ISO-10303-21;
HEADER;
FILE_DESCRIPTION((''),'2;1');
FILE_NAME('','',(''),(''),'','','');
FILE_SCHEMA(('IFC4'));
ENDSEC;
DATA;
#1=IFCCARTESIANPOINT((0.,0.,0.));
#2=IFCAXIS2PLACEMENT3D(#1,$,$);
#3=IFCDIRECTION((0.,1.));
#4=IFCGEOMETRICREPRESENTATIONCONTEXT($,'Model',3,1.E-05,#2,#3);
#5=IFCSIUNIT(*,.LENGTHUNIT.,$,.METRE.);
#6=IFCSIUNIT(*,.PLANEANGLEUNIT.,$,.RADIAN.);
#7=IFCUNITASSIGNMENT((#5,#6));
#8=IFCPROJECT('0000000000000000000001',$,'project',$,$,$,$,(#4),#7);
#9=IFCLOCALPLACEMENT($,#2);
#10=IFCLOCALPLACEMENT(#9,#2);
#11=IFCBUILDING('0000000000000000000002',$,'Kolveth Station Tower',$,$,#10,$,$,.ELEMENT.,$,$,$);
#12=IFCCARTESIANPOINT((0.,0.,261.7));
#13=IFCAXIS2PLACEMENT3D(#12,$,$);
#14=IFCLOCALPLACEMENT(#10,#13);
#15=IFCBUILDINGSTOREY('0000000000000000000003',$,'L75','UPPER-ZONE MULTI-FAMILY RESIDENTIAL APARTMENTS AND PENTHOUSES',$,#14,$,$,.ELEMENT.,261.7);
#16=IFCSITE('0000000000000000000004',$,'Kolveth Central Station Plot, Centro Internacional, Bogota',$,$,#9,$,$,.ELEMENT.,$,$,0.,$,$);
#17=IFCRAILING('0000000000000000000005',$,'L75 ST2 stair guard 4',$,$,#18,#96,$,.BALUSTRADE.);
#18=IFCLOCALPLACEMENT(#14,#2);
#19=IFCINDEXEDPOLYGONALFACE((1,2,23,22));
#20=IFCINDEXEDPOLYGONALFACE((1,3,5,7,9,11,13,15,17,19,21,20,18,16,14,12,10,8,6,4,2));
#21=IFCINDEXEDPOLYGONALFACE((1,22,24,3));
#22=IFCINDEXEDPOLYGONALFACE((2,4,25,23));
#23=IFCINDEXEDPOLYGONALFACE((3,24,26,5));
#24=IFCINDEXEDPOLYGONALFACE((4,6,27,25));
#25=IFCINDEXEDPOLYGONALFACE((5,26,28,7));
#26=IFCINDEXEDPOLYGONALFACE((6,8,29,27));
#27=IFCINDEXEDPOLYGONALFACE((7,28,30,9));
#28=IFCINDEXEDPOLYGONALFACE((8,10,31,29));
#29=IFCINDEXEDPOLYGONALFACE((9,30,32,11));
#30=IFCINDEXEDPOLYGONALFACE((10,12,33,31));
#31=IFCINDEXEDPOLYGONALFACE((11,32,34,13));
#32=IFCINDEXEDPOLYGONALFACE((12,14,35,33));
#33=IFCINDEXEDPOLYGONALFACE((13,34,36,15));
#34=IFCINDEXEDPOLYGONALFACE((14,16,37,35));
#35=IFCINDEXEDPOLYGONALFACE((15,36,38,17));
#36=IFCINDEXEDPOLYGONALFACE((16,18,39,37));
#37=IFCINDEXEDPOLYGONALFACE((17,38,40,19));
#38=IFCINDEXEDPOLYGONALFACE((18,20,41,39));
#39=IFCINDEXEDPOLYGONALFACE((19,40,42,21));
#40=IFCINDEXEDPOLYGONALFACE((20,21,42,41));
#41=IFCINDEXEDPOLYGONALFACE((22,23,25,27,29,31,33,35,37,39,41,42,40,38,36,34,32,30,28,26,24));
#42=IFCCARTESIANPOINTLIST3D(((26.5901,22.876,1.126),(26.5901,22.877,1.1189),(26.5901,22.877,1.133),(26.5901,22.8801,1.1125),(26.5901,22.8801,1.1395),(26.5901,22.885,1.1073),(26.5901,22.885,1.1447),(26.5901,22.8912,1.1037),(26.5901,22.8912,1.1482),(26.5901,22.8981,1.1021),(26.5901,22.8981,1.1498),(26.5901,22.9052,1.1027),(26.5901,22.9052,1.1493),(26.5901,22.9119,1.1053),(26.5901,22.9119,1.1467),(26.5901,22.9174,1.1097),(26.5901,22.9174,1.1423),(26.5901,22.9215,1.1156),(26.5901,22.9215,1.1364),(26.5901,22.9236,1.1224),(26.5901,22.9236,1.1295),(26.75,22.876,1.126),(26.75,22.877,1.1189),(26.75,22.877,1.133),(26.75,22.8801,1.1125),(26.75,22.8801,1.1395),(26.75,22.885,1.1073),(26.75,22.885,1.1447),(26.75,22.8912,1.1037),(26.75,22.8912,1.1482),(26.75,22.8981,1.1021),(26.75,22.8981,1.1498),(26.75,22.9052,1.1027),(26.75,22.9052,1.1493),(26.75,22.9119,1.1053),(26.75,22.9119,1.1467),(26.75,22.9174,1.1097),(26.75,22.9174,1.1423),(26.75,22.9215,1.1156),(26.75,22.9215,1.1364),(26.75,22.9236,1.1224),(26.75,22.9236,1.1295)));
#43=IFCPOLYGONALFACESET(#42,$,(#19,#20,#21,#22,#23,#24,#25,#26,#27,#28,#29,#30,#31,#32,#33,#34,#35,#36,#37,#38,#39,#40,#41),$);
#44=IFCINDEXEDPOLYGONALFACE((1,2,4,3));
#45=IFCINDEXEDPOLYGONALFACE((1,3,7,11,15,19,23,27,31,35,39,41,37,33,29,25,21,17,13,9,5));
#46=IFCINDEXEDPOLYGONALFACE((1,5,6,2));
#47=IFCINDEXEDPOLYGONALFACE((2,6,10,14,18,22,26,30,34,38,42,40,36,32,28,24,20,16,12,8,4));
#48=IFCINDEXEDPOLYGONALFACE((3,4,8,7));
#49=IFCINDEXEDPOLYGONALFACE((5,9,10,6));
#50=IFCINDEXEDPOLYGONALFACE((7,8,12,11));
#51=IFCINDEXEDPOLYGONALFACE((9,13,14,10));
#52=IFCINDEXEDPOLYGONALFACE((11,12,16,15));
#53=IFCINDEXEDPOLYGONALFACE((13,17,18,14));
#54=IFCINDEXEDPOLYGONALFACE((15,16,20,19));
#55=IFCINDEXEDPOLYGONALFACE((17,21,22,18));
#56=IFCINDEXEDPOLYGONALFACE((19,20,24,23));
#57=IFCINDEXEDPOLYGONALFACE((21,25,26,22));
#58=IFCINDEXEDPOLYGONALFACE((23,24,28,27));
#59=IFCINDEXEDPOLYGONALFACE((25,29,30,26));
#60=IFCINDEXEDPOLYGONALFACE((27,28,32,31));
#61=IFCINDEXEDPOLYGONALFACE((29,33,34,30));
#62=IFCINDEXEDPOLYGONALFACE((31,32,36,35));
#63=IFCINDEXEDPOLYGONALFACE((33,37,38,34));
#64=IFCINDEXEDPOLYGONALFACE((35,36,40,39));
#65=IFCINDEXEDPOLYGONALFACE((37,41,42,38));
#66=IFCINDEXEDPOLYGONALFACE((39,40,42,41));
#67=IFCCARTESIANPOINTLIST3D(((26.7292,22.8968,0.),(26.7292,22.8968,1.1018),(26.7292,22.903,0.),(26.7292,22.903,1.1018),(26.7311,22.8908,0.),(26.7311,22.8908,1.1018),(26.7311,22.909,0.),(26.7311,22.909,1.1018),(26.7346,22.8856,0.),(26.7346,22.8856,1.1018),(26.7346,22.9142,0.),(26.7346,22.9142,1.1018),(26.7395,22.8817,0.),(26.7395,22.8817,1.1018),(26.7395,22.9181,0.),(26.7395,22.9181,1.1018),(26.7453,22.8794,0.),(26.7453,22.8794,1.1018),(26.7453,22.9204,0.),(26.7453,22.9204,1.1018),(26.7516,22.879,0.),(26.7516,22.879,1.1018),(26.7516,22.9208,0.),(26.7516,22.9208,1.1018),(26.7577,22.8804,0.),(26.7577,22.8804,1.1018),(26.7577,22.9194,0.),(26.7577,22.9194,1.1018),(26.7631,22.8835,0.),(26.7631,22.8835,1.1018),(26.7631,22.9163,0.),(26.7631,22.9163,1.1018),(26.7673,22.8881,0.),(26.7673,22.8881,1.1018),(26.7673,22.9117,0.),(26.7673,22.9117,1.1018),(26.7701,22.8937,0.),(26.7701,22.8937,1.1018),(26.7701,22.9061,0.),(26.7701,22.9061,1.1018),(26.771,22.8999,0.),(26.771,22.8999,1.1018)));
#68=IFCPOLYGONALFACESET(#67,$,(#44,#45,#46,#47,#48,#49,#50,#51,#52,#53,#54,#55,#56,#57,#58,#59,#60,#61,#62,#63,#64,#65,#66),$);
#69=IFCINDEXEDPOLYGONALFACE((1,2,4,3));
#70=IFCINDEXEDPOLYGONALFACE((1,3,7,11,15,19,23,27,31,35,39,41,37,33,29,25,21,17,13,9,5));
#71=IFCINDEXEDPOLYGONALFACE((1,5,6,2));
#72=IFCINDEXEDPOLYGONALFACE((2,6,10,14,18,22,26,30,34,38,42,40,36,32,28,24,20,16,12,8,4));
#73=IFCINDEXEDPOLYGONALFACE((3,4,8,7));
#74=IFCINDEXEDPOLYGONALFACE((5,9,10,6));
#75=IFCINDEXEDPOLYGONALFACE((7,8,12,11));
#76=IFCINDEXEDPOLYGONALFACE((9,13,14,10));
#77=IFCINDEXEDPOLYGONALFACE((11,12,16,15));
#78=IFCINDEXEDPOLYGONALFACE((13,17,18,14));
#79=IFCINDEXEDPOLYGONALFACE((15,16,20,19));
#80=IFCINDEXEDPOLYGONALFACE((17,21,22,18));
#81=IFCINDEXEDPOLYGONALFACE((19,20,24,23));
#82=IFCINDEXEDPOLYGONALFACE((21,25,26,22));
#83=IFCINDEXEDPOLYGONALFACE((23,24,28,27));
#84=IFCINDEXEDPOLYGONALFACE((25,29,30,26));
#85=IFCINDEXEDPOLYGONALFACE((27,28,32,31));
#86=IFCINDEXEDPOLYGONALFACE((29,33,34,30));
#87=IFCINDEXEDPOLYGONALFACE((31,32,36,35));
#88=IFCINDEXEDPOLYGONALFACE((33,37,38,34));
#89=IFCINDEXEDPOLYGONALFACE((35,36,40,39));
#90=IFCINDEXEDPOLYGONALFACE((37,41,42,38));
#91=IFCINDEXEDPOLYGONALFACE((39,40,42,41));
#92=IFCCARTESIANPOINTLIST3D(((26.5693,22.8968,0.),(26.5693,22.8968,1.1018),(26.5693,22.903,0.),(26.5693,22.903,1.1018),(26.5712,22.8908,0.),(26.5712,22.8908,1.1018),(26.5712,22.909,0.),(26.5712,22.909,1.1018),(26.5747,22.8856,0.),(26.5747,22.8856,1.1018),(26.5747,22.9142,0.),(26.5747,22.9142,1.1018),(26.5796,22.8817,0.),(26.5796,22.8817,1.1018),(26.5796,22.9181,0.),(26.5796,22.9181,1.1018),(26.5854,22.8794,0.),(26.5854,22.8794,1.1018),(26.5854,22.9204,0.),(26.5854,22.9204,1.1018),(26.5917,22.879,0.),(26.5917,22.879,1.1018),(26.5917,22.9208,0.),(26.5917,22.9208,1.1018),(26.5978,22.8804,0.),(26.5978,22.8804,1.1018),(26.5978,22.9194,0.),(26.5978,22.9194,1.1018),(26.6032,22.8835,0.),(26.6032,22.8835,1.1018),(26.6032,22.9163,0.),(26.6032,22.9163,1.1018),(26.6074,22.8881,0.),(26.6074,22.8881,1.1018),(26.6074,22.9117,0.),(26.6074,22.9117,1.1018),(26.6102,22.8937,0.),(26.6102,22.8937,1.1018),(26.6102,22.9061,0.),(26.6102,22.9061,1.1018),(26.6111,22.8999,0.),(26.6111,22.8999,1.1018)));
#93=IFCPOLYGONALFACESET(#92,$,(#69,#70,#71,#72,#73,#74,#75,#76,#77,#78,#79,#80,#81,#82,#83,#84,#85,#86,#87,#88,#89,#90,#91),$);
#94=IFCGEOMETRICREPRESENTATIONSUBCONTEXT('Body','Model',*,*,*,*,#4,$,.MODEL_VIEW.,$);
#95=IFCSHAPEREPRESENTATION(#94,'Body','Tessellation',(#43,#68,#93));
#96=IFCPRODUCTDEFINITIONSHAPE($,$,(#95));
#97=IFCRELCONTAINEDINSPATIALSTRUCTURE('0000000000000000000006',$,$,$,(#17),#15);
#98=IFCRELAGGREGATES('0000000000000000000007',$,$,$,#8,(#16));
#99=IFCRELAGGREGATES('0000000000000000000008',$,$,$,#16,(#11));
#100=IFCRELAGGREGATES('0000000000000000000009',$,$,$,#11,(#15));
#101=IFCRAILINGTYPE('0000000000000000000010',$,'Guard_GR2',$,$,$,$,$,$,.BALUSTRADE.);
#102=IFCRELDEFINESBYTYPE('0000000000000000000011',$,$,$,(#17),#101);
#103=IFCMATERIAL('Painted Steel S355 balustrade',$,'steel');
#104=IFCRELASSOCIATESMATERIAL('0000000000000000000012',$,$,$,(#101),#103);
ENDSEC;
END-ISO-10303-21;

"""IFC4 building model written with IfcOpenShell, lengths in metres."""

from ifc_helpers import new_model, si_unit, direction, frame, origin, origin_2d, place, context, subcontext, project, spatial, circle, extrude, material, type_object, element, save


model = new_model("IFC4")

# Units and contexts
model_context = context("Model", 3, precision=1e-05, world=origin(), true_north=direction((0.0, 1.0)))
body_context = subcontext(model_context, "Body", "Model", "MODEL_VIEW")
ifc_project = project(units=[si_unit("LENGTHUNIT", "METRE"), si_unit("PLANEANGLEUNIT", "RADIAN")], contexts=[model_context])

# Site, building, storey
site_placement = place(None, origin())
site = spatial("IfcSite", under=ifc_project, at=site_placement, Name="Kolveth Central Station Plot, Centro Internacional, Bogota", CompositionType="ELEMENT", RefElevation=0.0)
building_placement = place(site_placement, origin())
building = spatial("IfcBuilding", under=site, at=building_placement, Name="Kolveth Station Tower", CompositionType="ELEMENT")
storey_placement = place(building_placement, frame((0.0, 0.0, 261.7)))
storey = spatial("IfcBuildingStorey", under=building, at=storey_placement, Name="L75", Description="UPPER-ZONE MULTI-FAMILY RESIDENTIAL APARTMENTS AND PENTHOUSES", CompositionType="ELEMENT", Elevation=261.7)

# Railing
ifc_material_1 = material(Name="Painted Steel S355 balustrade", Category="steel")
railing_type_1 = type_object("IfcRailingType", Name="Guard_GR2", PredefinedType="BALUSTRADE", material=ifc_material_1)
railing_1_placement = place(storey_placement, frame((26.75, 22.8999, 0.0)))
element("IfcRailing", 1, at=railing_1_placement, inside=storey, type_object=railing_type_1, Name="L75 ST2 stair guard 4", PredefinedType="BALUSTRADE", context=body_context, shape_type="SweptSolid", body=[
    extrude(circle(Radius=0.0239, at=origin_2d()), frame((0.0, 0.0, 1.126), z_axis=(-1.0, 0.0, 0.0), x_axis=(0.0, -1.0, 0.0)), (0.0, 0.0, 1.0), 0.1599),
    extrude(circle(Radius=0.021, at=origin_2d()), origin(), (0.0, 0.0, 1.0), 1.1018),
    extrude(circle(Radius=0.021, at=origin_2d()), frame((-0.1599, 0.0, 0.0)), (0.0, 0.0, 1.0), 1.1018),
])

save(model, "model.ifc")
